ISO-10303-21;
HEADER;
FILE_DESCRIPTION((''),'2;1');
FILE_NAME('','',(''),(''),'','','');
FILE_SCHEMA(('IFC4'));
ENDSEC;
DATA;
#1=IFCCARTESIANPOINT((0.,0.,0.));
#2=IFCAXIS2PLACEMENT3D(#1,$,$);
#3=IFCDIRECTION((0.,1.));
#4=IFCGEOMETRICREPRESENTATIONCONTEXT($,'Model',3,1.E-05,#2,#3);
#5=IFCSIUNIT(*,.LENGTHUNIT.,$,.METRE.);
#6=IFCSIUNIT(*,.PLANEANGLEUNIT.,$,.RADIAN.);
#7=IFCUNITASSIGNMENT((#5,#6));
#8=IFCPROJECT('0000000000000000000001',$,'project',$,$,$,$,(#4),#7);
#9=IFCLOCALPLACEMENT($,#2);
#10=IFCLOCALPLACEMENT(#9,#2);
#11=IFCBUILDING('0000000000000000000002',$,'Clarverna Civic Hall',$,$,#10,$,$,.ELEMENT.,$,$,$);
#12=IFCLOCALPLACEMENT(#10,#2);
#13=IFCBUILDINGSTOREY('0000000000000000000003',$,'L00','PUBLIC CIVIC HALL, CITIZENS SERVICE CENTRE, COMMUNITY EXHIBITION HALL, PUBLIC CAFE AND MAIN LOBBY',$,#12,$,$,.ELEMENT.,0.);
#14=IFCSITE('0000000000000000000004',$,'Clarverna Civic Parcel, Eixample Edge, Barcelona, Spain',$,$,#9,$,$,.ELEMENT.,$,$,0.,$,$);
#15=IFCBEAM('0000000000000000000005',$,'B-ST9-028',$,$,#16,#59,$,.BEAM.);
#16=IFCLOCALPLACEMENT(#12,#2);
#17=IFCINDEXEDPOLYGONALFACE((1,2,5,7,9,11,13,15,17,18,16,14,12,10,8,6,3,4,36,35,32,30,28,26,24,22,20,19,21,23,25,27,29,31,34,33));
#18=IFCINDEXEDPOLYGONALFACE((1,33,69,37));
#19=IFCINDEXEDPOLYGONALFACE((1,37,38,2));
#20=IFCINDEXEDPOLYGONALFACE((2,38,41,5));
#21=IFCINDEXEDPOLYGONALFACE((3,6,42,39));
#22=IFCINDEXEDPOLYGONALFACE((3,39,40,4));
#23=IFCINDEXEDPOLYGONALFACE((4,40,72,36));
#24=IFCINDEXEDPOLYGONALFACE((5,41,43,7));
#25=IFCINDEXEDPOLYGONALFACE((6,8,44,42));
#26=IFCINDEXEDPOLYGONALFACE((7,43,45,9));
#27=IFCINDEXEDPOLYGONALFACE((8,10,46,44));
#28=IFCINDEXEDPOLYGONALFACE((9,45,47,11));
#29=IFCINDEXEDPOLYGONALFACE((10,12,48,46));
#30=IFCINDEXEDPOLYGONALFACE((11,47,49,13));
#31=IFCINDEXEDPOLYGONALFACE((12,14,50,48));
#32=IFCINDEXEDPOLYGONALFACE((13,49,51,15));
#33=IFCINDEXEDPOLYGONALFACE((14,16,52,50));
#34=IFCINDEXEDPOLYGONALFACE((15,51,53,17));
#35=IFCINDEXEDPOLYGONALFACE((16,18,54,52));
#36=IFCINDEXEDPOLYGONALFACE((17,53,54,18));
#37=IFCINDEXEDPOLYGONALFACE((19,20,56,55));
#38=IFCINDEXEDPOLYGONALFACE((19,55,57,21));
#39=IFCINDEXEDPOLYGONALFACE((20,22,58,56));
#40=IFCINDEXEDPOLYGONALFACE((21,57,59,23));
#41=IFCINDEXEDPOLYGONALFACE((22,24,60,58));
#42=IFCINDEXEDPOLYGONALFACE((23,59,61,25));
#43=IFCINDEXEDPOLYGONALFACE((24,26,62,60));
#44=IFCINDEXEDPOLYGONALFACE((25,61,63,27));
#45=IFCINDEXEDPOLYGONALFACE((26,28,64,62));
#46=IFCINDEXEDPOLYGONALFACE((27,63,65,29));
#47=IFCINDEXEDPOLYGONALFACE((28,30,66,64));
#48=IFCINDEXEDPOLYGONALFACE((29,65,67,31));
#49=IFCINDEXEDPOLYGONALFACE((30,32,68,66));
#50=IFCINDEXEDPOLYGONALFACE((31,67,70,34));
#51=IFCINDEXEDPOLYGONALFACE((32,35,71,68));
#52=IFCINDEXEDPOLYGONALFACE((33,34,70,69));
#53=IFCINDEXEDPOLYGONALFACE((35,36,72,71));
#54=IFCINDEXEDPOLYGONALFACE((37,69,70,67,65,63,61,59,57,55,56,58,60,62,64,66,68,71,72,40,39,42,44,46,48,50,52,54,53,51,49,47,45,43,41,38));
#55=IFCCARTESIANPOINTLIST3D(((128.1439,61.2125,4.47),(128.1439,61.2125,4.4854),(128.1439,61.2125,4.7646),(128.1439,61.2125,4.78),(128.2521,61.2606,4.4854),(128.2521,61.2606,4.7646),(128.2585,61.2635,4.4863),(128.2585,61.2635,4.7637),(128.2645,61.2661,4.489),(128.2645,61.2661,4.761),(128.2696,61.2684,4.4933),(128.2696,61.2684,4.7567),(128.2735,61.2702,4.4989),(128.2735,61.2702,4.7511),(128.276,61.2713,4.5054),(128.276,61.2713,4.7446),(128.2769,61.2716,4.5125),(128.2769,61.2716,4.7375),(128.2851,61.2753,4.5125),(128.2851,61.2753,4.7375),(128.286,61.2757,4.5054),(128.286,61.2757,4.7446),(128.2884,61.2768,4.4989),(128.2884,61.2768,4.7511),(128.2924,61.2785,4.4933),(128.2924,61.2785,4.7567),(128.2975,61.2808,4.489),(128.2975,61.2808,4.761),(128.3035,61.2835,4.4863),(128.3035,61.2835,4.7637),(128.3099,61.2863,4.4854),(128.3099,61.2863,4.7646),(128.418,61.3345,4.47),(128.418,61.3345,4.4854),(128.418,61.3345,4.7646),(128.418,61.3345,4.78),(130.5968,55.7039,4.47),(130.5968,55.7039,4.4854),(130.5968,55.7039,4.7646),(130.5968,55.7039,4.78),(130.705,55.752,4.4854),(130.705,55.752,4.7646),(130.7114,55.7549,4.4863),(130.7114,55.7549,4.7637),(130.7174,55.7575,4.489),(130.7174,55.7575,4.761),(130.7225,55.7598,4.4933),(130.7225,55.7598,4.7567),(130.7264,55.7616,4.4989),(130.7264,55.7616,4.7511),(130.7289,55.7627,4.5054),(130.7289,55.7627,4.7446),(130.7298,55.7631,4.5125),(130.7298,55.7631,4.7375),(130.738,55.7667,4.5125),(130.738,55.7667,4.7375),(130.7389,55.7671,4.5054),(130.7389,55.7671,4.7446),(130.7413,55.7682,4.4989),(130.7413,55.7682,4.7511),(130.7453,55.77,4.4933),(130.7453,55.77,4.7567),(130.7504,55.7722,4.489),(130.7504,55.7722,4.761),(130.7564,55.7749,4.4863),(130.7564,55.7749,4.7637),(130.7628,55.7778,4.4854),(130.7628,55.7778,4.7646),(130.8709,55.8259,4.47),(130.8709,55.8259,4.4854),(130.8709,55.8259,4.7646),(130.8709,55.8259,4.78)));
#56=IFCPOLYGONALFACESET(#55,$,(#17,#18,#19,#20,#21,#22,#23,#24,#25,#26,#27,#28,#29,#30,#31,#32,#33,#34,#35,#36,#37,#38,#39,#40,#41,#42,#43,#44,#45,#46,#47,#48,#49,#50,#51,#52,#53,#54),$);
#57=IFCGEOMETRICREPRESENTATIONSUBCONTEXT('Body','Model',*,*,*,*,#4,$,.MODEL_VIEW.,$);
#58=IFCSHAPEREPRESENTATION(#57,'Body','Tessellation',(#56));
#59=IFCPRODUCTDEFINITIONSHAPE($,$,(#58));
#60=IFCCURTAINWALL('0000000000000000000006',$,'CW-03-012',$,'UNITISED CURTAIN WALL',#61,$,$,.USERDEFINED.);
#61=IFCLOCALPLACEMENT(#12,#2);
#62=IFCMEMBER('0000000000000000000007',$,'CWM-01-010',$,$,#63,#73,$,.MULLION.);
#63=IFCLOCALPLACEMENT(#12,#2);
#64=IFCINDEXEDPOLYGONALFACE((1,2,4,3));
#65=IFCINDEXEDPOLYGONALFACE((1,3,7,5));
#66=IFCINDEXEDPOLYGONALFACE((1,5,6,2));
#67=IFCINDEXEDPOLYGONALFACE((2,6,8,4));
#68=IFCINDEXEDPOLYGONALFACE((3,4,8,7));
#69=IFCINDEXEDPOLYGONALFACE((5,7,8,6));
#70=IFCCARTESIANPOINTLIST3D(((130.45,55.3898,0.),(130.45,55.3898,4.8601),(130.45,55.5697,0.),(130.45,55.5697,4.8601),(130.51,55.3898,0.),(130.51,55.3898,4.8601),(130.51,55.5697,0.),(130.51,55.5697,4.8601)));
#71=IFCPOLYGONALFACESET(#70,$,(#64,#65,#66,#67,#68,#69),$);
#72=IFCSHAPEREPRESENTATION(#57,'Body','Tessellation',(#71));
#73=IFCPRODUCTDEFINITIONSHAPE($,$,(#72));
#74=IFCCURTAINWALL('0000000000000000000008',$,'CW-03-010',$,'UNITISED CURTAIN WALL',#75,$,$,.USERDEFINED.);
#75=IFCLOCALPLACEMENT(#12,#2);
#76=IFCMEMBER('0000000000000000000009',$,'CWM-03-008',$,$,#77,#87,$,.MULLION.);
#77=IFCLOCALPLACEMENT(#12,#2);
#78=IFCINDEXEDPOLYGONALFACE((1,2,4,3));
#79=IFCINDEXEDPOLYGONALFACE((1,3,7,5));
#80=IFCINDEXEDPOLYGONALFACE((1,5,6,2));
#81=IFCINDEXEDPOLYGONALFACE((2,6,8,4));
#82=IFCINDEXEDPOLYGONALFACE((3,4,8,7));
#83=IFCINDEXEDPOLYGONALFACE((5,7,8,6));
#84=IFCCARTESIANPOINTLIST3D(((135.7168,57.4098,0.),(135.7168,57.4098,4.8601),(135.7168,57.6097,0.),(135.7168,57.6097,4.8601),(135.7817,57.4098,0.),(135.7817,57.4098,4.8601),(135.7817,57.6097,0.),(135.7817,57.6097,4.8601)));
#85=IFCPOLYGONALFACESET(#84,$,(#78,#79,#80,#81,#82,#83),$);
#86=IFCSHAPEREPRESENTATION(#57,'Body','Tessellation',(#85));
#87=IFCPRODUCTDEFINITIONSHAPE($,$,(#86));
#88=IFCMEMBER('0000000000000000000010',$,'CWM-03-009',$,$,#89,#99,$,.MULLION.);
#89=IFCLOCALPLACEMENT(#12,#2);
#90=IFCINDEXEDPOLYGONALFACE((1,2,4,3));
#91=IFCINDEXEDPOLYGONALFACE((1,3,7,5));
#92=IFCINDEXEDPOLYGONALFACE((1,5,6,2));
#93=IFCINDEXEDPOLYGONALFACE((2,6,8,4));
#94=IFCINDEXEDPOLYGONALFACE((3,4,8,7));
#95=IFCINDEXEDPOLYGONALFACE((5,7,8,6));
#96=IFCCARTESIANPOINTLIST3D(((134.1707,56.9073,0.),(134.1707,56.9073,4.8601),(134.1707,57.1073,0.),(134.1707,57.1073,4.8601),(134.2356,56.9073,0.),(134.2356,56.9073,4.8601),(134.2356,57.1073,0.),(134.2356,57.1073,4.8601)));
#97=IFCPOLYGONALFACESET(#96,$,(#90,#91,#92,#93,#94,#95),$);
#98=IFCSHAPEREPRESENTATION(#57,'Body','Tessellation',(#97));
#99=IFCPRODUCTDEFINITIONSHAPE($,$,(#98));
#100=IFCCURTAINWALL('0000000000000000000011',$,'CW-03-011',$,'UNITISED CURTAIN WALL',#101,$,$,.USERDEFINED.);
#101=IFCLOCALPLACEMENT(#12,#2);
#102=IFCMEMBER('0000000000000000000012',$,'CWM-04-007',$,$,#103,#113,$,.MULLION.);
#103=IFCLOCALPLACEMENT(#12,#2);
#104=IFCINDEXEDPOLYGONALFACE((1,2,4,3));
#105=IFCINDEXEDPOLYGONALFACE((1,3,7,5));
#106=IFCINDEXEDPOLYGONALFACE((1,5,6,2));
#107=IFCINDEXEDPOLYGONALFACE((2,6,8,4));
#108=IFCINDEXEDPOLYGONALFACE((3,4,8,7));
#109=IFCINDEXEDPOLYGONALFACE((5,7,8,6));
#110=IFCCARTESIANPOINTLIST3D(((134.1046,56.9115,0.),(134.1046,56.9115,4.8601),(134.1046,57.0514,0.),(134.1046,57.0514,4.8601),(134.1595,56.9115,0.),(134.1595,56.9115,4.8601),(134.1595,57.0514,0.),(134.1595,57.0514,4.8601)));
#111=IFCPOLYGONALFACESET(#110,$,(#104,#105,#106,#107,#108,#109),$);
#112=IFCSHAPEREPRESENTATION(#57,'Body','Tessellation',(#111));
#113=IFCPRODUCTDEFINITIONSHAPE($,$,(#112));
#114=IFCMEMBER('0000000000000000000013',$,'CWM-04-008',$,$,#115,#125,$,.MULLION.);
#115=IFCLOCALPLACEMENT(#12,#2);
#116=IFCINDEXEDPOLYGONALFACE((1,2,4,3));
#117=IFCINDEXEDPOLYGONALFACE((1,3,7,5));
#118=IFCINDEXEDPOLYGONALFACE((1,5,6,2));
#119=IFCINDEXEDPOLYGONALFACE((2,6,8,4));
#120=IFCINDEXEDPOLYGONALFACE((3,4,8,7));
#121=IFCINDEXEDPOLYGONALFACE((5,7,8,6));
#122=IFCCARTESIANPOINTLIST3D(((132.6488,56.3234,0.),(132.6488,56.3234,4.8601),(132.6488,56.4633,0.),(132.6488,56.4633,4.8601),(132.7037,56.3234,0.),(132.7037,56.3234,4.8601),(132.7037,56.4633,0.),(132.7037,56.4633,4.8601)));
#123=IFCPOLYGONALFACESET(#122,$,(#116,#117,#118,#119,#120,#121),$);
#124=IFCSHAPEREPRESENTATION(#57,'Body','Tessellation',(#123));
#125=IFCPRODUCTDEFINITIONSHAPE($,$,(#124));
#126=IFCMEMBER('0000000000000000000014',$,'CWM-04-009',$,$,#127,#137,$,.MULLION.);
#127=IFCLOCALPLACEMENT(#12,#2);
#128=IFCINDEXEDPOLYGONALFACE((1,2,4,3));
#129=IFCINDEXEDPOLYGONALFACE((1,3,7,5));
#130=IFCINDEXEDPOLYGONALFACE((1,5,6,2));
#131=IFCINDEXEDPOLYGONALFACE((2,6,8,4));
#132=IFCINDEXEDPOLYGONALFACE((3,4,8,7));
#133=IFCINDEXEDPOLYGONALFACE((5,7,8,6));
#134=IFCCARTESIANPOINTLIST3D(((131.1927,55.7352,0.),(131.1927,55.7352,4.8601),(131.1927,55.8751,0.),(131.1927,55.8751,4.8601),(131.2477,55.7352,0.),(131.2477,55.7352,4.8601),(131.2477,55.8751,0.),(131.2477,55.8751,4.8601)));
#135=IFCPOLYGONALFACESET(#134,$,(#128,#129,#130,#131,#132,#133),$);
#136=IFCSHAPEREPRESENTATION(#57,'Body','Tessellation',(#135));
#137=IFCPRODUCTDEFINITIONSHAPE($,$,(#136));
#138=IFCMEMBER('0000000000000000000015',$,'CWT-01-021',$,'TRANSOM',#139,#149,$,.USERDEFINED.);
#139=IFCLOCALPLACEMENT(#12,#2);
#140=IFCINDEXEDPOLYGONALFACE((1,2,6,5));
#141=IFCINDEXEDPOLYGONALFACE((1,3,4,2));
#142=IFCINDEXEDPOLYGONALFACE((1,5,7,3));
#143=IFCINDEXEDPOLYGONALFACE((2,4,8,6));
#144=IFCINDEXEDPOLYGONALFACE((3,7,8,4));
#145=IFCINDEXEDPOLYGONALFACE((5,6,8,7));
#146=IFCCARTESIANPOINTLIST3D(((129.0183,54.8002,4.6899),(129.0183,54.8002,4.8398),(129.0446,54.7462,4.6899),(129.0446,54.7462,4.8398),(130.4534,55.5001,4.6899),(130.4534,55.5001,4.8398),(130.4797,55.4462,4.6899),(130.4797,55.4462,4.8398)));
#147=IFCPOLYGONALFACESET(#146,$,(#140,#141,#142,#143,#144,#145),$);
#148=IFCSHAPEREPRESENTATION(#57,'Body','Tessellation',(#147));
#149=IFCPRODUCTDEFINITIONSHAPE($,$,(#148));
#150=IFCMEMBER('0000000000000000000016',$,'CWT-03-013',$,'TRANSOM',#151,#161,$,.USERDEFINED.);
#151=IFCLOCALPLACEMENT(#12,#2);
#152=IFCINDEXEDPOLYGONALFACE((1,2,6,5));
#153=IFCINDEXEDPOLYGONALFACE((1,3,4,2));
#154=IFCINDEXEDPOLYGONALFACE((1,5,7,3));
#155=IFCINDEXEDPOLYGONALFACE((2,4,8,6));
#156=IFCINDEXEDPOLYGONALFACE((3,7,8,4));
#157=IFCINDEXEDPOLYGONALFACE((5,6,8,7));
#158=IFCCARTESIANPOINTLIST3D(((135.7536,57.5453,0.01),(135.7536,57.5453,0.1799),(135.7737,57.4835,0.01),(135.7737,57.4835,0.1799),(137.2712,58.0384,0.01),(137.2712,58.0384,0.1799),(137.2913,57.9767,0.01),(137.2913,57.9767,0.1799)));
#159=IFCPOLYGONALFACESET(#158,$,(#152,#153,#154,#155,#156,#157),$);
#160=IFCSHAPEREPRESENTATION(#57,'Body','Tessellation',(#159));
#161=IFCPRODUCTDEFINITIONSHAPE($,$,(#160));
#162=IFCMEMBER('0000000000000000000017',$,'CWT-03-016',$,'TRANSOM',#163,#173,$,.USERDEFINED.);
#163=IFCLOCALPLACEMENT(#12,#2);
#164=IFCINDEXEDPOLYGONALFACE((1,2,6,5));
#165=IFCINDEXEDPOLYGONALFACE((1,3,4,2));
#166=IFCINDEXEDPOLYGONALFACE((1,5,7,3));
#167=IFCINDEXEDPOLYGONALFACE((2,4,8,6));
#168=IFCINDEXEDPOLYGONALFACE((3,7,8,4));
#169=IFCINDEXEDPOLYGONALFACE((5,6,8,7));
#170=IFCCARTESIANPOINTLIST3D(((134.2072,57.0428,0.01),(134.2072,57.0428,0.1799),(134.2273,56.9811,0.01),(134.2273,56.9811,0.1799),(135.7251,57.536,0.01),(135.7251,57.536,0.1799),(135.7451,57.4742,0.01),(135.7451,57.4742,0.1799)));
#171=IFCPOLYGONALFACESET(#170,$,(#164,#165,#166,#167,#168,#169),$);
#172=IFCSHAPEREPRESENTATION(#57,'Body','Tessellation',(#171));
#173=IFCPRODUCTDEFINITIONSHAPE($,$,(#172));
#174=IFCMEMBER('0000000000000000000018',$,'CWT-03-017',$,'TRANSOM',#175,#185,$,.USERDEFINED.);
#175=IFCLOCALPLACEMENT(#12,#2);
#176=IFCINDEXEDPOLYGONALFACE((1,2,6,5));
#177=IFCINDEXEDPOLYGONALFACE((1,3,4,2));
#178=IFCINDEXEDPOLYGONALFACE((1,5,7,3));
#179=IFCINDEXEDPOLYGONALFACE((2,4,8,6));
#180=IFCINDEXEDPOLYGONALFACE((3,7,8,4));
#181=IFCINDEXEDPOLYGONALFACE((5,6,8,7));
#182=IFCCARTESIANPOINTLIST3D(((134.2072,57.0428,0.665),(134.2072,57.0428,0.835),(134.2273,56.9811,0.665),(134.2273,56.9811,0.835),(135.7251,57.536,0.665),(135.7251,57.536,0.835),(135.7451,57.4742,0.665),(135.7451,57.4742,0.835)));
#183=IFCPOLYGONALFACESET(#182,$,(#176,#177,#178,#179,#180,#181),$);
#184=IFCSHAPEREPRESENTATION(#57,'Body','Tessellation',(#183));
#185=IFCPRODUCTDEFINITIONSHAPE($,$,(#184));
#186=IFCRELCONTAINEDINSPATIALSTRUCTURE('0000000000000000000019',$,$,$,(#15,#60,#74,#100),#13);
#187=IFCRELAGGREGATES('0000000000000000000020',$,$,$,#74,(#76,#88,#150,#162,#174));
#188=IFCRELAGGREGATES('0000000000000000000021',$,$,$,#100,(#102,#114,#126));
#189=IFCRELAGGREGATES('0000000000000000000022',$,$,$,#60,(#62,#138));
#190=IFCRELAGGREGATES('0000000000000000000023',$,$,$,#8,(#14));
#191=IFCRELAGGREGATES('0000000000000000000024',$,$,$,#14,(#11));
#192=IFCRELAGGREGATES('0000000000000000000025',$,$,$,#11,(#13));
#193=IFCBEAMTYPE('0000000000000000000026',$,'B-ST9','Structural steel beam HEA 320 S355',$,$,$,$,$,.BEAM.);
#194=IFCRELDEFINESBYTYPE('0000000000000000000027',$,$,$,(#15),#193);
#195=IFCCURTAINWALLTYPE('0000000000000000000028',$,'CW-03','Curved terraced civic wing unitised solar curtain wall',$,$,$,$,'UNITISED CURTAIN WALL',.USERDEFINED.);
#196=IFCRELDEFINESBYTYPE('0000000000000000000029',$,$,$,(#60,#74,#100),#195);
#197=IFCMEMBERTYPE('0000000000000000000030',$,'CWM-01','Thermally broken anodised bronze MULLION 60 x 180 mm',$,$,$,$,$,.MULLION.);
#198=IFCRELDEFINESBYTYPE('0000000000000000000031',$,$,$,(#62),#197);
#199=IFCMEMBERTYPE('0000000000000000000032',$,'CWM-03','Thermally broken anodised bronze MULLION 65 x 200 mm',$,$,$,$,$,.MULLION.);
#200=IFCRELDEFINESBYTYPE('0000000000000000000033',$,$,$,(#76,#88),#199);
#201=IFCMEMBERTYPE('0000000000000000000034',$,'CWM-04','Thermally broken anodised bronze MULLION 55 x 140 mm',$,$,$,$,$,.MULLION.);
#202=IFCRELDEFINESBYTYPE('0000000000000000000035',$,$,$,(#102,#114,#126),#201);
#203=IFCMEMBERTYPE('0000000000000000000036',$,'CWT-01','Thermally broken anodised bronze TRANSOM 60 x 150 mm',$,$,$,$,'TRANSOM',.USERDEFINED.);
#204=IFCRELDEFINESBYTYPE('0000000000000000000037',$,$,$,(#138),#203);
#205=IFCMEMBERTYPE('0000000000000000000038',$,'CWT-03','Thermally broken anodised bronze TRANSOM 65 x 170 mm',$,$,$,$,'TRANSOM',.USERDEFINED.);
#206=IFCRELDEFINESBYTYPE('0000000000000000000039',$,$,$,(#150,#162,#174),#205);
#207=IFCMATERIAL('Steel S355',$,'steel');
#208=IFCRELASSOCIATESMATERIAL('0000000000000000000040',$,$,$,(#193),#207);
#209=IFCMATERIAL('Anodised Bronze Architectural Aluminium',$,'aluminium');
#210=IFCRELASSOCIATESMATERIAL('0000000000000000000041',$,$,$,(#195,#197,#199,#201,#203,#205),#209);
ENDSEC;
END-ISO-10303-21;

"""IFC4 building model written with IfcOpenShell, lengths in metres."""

from ifc_helpers import new_model, si_unit, direction, frame, origin, origin_2d, place, context, subcontext, project, spatial, rectangle, i_section, extrude, material, material_profile, profile_set, type_object, element, aggregate, save


model = new_model("IFC4")

# Units and contexts
model_context = context("Model", 3, precision=1e-05, world=origin(), true_north=direction((0.0, 1.0)))
body_context = subcontext(model_context, "Body", "Model", "MODEL_VIEW")
ifc_project = project(units=[si_unit("LENGTHUNIT", "METRE"), si_unit("PLANEANGLEUNIT", "RADIAN")], contexts=[model_context])

# Site, building, storey
site_placement = place(None, origin())
site = spatial("IfcSite", under=ifc_project, at=site_placement, Name="Clarverna Civic Parcel, Eixample Edge, Barcelona, Spain", CompositionType="ELEMENT", RefElevation=0.0)
building_placement = place(site_placement, origin())
building = spatial("IfcBuilding", under=site, at=building_placement, Name="Clarverna Civic Hall", CompositionType="ELEMENT")
storey_placement = place(building_placement, origin())
storey = spatial("IfcBuildingStorey", under=building, at=storey_placement, Name="L00", Description="PUBLIC CIVIC HALL, CITIZENS SERVICE CENTRE, COMMUNITY EXHIBITION HALL, PUBLIC CAFE AND MAIN LOBBY", CompositionType="ELEMENT", Elevation=0.0)

# Beam
ifc_material_1 = material(Name="Steel S355", Category="steel")
ifc_material_profile_1 = material_profile(ifc_material_1, i_section(OverallWidth=0.3, OverallDepth=0.3101, WebThickness=0.009, FlangeThickness=0.0154, FilletRadius=0.0271, at=origin_2d()), Name="HEA 320")
ifc_profile_set_1 = profile_set([ifc_material_profile_1], Name="Steel S355")
beam_type_1 = type_object("IfcBeamType", Name="B-ST9", Description="Structural steel beam HEA 320 S355", PredefinedType="BEAM", material=ifc_profile_set_1)
for number, where, z_axis, x_axis, name in (
    (1, (130.7339, 55.7649, 4.625), (-0.406781, 0.913526, 0.0), (-0.913526, -0.406781, 0.0), "B-ST9-028"),
):
    element("IfcBeam", number, at=place(storey_placement, frame(where, z_axis=z_axis, x_axis=x_axis)), inside=storey, type_object=beam_type_1, Name=name, PredefinedType="BEAM", context=body_context, shape_type="SweptSolid", body=[
        extrude(i_section(OverallWidth=0.3, OverallDepth=0.3101, WebThickness=0.009, FlangeThickness=0.0154, FilletRadius=0.0271, at=origin_2d()), origin(), (0.0, 0.0, 1.0), 6.03),
    ])

# Curtain wall, member
ifc_material_2 = material(Name="Anodised Bronze Architectural Aluminium", Category="aluminium")
curtain_wall_type = type_object("IfcCurtainWallType", Name="CW-03", Description="Curved terraced civic wing unitised solar curtain wall", ElementType="UNITISED CURTAIN WALL", PredefinedType="USERDEFINED", material=ifc_material_2)
curtain_wall_1_placement = place(storey_placement, origin())
curtain_wall_1 = element("IfcCurtainWall", 2, at=curtain_wall_1_placement, inside=storey, type_object=curtain_wall_type, Name="CW-03-012", ObjectType="UNITISED CURTAIN WALL", PredefinedType="USERDEFINED")
ifc_material_profile_2 = material_profile(ifc_material_2, rectangle(XDim=0.0601, YDim=0.1799, at=origin_2d()), Name="BRONZE 60x180")
ifc_profile_set_2 = profile_set([ifc_material_profile_2], Name="Anodised Bronze Architectural Aluminium")
member_type_1 = type_object("IfcMemberType", Name="CWM-01", Description="Thermally broken anodised bronze MULLION 60 x 180 mm", PredefinedType="MULLION", material=ifc_profile_set_2)
member_1_placement = place(storey_placement, frame((130.48, 55.4797, 0.0), z_axis=(0.0, 0.0, 1.0), x_axis=(1.0, 0.0, 0.0)))
member_1 = element("IfcMember", 3, at=member_1_placement, type_object=member_type_1, Name="CWM-01-010", PredefinedType="MULLION", context=body_context, shape_type="SweptSolid", body=[
    extrude(rectangle(XDim=0.0601, YDim=0.1799, at=origin_2d()), origin(), (0.0, 0.0, 1.0), 4.8601),
])

# Curtain walls, members
curtain_wall_2_placement = place(storey_placement, origin())
curtain_wall_2 = element("IfcCurtainWall", 4, at=curtain_wall_2_placement, inside=storey, type_object=curtain_wall_type, Name="CW-03-010", ObjectType="UNITISED CURTAIN WALL", PredefinedType="USERDEFINED")
ifc_material_profile_3 = material_profile(ifc_material_2, rectangle(XDim=0.0649, YDim=0.2, at=origin_2d()), Name="BRONZE 65x200")
ifc_profile_set_3 = profile_set([ifc_material_profile_3], Name="Anodised Bronze Architectural Aluminium")
member_type_2 = type_object("IfcMemberType", Name="CWM-03", Description="Thermally broken anodised bronze MULLION 65 x 200 mm", PredefinedType="MULLION", material=ifc_profile_set_3)
member_2_placement = place(storey_placement, frame((135.7493, 57.5098, 0.0), z_axis=(0.0, 0.0, 1.0), x_axis=(1.0, 0.0, 0.0)))
member_2 = element("IfcMember", 5, at=member_2_placement, type_object=member_type_2, Name="CWM-03-008", PredefinedType="MULLION", context=body_context, shape_type="SweptSolid", body=[
    extrude(rectangle(XDim=0.0649, YDim=0.2, at=origin_2d()), origin(), (0.0, 0.0, 1.0), 4.8601),
])
member_3_placement = place(storey_placement, frame((134.2031, 57.0073, 0.0), z_axis=(0.0, 0.0, 1.0), x_axis=(1.0, 0.0, 0.0)))
member_3 = element("IfcMember", 6, at=member_3_placement, type_object=member_type_2, Name="CWM-03-009", PredefinedType="MULLION", context=body_context, shape_type="SweptSolid", body=[
    extrude(rectangle(XDim=0.0649, YDim=0.2, at=origin_2d()), origin(), (0.0, 0.0, 1.0), 4.8601),
])
curtain_wall_3_placement = place(storey_placement, origin())
curtain_wall_3 = element("IfcCurtainWall", 7, at=curtain_wall_3_placement, inside=storey, type_object=curtain_wall_type, Name="CW-03-011", ObjectType="UNITISED CURTAIN WALL", PredefinedType="USERDEFINED")
ifc_material_profile_4 = material_profile(ifc_material_2, rectangle(XDim=0.0549, YDim=0.1399, at=origin_2d()), Name="BRONZE 55x140")
ifc_profile_set_4 = profile_set([ifc_material_profile_4], Name="Anodised Bronze Architectural Aluminium")
member_type_3 = type_object("IfcMemberType", Name="CWM-04", Description="Thermally broken anodised bronze MULLION 55 x 140 mm", PredefinedType="MULLION", material=ifc_profile_set_4)
member_4_placement = place(storey_placement, frame((134.1321, 56.9814, 0.0), z_axis=(0.0, 0.0, 1.0), x_axis=(1.0, 0.0, 0.0)))
member_4 = element("IfcMember", 8, at=member_4_placement, type_object=member_type_3, Name="CWM-04-007", PredefinedType="MULLION", context=body_context, shape_type="SweptSolid", body=[
    extrude(rectangle(XDim=0.0549, YDim=0.1399, at=origin_2d()), origin(), (0.0, 0.0, 1.0), 4.8601),
])
member_5_placement = place(storey_placement, frame((132.6763, 56.3933, 0.0), z_axis=(0.0, 0.0, 1.0), x_axis=(1.0, 0.0, 0.0)))
member_5 = element("IfcMember", 9, at=member_5_placement, type_object=member_type_3, Name="CWM-04-008", PredefinedType="MULLION", context=body_context, shape_type="SweptSolid", body=[
    extrude(rectangle(XDim=0.0549, YDim=0.1399, at=origin_2d()), origin(), (0.0, 0.0, 1.0), 4.8601),
])
member_6_placement = place(storey_placement, frame((131.2202, 55.8052, 0.0), z_axis=(0.0, 0.0, 1.0), x_axis=(1.0, 0.0, 0.0)))
member_6 = element("IfcMember", 10, at=member_6_placement, type_object=member_type_3, Name="CWM-04-009", PredefinedType="MULLION", context=body_context, shape_type="SweptSolid", body=[
    extrude(rectangle(XDim=0.0549, YDim=0.1399, at=origin_2d()), origin(), (0.0, 0.0, 1.0), 4.8601),
])

# Members
ifc_material_profile_5 = material_profile(ifc_material_2, rectangle(XDim=0.0601, YDim=0.1499, at=origin_2d()), Name="BRONZE 60x150")
ifc_profile_set_5 = profile_set([ifc_material_profile_5], Name="Anodised Bronze Architectural Aluminium")
member_type_4 = type_object("IfcMemberType", Name="CWT-01", Description="Thermally broken anodised bronze TRANSOM 60 x 150 mm", ElementType="TRANSOM", PredefinedType="USERDEFINED", material=ifc_profile_set_5)
member_7_placement = place(storey_placement, frame((130.4666, 55.4731, 4.7649), z_axis=(-0.898788, -0.438384, 0.0), x_axis=(0.438384, -0.898788, 0.0)))
member_7 = element("IfcMember", 11, at=member_7_placement, type_object=member_type_4, Name="CWT-01-021", ObjectType="TRANSOM", PredefinedType="USERDEFINED", context=body_context, shape_type="SweptSolid", body=[
    extrude(rectangle(XDim=0.0601, YDim=0.1499, at=origin_2d()), origin(), (0.0, 0.0, 1.0), 1.5967),
])
ifc_material_profile_6 = material_profile(ifc_material_2, rectangle(XDim=0.0649, YDim=0.1699, at=origin_2d()), Name="BRONZE 65x170")
ifc_profile_set_6 = profile_set([ifc_material_profile_6], Name="Anodised Bronze Architectural Aluminium")
member_type_5 = type_object("IfcMemberType", Name="CWT-03", Description="Thermally broken anodised bronze TRANSOM 65 x 170 mm", ElementType="TRANSOM", PredefinedType="USERDEFINED", material=ifc_profile_set_6)
member_8_placement = place(storey_placement, frame((137.2812, 58.0076, 0.095), z_axis=(-0.951043, -0.309058, 0.0), x_axis=(0.309058, -0.951043, 0.0)))
member_8 = element("IfcMember", 12, at=member_8_placement, type_object=member_type_5, Name="CWT-03-013", ObjectType="TRANSOM", PredefinedType="USERDEFINED", context=body_context, shape_type="SweptSolid", body=[
    extrude(rectangle(XDim=0.0649, YDim=0.1699, at=origin_2d()), origin(), (0.0, 0.0, 1.0), 1.5957),
])
member_9_placement = place(storey_placement, frame((135.7351, 57.5051, 0.095), z_axis=(-0.951058, -0.309013, 0.0), x_axis=(0.309013, -0.951058, 0.0)))
member_9 = element("IfcMember", 13, at=member_9_placement, type_object=member_type_5, Name="CWT-03-016", ObjectType="TRANSOM", PredefinedType="USERDEFINED", context=body_context, shape_type="SweptSolid", body=[
    extrude(rectangle(XDim=0.0649, YDim=0.1699, at=origin_2d()), origin(), (0.0, 0.0, 1.0), 1.5959),
])
member_10_placement = place(storey_placement, frame((135.7351, 57.5051, 0.75), z_axis=(-0.951058, -0.309013, 0.0), x_axis=(0.309013, -0.951058, 0.0)))
member_10 = element("IfcMember", 14, at=member_10_placement, type_object=member_type_5, Name="CWT-03-017", ObjectType="TRANSOM", PredefinedType="USERDEFINED", context=body_context, shape_type="SweptSolid", body=[
    extrude(rectangle(XDim=0.0649, YDim=0.1699, at=origin_2d()), origin(), (0.0, 0.0, 1.0), 1.5959),
])

aggregate(curtain_wall_2, [member_2, member_3, member_8, member_9, member_10])
aggregate(curtain_wall_3, [member_4, member_5, member_6])
aggregate(curtain_wall_1, [member_1, member_7])

save(model, "model.ifc")
